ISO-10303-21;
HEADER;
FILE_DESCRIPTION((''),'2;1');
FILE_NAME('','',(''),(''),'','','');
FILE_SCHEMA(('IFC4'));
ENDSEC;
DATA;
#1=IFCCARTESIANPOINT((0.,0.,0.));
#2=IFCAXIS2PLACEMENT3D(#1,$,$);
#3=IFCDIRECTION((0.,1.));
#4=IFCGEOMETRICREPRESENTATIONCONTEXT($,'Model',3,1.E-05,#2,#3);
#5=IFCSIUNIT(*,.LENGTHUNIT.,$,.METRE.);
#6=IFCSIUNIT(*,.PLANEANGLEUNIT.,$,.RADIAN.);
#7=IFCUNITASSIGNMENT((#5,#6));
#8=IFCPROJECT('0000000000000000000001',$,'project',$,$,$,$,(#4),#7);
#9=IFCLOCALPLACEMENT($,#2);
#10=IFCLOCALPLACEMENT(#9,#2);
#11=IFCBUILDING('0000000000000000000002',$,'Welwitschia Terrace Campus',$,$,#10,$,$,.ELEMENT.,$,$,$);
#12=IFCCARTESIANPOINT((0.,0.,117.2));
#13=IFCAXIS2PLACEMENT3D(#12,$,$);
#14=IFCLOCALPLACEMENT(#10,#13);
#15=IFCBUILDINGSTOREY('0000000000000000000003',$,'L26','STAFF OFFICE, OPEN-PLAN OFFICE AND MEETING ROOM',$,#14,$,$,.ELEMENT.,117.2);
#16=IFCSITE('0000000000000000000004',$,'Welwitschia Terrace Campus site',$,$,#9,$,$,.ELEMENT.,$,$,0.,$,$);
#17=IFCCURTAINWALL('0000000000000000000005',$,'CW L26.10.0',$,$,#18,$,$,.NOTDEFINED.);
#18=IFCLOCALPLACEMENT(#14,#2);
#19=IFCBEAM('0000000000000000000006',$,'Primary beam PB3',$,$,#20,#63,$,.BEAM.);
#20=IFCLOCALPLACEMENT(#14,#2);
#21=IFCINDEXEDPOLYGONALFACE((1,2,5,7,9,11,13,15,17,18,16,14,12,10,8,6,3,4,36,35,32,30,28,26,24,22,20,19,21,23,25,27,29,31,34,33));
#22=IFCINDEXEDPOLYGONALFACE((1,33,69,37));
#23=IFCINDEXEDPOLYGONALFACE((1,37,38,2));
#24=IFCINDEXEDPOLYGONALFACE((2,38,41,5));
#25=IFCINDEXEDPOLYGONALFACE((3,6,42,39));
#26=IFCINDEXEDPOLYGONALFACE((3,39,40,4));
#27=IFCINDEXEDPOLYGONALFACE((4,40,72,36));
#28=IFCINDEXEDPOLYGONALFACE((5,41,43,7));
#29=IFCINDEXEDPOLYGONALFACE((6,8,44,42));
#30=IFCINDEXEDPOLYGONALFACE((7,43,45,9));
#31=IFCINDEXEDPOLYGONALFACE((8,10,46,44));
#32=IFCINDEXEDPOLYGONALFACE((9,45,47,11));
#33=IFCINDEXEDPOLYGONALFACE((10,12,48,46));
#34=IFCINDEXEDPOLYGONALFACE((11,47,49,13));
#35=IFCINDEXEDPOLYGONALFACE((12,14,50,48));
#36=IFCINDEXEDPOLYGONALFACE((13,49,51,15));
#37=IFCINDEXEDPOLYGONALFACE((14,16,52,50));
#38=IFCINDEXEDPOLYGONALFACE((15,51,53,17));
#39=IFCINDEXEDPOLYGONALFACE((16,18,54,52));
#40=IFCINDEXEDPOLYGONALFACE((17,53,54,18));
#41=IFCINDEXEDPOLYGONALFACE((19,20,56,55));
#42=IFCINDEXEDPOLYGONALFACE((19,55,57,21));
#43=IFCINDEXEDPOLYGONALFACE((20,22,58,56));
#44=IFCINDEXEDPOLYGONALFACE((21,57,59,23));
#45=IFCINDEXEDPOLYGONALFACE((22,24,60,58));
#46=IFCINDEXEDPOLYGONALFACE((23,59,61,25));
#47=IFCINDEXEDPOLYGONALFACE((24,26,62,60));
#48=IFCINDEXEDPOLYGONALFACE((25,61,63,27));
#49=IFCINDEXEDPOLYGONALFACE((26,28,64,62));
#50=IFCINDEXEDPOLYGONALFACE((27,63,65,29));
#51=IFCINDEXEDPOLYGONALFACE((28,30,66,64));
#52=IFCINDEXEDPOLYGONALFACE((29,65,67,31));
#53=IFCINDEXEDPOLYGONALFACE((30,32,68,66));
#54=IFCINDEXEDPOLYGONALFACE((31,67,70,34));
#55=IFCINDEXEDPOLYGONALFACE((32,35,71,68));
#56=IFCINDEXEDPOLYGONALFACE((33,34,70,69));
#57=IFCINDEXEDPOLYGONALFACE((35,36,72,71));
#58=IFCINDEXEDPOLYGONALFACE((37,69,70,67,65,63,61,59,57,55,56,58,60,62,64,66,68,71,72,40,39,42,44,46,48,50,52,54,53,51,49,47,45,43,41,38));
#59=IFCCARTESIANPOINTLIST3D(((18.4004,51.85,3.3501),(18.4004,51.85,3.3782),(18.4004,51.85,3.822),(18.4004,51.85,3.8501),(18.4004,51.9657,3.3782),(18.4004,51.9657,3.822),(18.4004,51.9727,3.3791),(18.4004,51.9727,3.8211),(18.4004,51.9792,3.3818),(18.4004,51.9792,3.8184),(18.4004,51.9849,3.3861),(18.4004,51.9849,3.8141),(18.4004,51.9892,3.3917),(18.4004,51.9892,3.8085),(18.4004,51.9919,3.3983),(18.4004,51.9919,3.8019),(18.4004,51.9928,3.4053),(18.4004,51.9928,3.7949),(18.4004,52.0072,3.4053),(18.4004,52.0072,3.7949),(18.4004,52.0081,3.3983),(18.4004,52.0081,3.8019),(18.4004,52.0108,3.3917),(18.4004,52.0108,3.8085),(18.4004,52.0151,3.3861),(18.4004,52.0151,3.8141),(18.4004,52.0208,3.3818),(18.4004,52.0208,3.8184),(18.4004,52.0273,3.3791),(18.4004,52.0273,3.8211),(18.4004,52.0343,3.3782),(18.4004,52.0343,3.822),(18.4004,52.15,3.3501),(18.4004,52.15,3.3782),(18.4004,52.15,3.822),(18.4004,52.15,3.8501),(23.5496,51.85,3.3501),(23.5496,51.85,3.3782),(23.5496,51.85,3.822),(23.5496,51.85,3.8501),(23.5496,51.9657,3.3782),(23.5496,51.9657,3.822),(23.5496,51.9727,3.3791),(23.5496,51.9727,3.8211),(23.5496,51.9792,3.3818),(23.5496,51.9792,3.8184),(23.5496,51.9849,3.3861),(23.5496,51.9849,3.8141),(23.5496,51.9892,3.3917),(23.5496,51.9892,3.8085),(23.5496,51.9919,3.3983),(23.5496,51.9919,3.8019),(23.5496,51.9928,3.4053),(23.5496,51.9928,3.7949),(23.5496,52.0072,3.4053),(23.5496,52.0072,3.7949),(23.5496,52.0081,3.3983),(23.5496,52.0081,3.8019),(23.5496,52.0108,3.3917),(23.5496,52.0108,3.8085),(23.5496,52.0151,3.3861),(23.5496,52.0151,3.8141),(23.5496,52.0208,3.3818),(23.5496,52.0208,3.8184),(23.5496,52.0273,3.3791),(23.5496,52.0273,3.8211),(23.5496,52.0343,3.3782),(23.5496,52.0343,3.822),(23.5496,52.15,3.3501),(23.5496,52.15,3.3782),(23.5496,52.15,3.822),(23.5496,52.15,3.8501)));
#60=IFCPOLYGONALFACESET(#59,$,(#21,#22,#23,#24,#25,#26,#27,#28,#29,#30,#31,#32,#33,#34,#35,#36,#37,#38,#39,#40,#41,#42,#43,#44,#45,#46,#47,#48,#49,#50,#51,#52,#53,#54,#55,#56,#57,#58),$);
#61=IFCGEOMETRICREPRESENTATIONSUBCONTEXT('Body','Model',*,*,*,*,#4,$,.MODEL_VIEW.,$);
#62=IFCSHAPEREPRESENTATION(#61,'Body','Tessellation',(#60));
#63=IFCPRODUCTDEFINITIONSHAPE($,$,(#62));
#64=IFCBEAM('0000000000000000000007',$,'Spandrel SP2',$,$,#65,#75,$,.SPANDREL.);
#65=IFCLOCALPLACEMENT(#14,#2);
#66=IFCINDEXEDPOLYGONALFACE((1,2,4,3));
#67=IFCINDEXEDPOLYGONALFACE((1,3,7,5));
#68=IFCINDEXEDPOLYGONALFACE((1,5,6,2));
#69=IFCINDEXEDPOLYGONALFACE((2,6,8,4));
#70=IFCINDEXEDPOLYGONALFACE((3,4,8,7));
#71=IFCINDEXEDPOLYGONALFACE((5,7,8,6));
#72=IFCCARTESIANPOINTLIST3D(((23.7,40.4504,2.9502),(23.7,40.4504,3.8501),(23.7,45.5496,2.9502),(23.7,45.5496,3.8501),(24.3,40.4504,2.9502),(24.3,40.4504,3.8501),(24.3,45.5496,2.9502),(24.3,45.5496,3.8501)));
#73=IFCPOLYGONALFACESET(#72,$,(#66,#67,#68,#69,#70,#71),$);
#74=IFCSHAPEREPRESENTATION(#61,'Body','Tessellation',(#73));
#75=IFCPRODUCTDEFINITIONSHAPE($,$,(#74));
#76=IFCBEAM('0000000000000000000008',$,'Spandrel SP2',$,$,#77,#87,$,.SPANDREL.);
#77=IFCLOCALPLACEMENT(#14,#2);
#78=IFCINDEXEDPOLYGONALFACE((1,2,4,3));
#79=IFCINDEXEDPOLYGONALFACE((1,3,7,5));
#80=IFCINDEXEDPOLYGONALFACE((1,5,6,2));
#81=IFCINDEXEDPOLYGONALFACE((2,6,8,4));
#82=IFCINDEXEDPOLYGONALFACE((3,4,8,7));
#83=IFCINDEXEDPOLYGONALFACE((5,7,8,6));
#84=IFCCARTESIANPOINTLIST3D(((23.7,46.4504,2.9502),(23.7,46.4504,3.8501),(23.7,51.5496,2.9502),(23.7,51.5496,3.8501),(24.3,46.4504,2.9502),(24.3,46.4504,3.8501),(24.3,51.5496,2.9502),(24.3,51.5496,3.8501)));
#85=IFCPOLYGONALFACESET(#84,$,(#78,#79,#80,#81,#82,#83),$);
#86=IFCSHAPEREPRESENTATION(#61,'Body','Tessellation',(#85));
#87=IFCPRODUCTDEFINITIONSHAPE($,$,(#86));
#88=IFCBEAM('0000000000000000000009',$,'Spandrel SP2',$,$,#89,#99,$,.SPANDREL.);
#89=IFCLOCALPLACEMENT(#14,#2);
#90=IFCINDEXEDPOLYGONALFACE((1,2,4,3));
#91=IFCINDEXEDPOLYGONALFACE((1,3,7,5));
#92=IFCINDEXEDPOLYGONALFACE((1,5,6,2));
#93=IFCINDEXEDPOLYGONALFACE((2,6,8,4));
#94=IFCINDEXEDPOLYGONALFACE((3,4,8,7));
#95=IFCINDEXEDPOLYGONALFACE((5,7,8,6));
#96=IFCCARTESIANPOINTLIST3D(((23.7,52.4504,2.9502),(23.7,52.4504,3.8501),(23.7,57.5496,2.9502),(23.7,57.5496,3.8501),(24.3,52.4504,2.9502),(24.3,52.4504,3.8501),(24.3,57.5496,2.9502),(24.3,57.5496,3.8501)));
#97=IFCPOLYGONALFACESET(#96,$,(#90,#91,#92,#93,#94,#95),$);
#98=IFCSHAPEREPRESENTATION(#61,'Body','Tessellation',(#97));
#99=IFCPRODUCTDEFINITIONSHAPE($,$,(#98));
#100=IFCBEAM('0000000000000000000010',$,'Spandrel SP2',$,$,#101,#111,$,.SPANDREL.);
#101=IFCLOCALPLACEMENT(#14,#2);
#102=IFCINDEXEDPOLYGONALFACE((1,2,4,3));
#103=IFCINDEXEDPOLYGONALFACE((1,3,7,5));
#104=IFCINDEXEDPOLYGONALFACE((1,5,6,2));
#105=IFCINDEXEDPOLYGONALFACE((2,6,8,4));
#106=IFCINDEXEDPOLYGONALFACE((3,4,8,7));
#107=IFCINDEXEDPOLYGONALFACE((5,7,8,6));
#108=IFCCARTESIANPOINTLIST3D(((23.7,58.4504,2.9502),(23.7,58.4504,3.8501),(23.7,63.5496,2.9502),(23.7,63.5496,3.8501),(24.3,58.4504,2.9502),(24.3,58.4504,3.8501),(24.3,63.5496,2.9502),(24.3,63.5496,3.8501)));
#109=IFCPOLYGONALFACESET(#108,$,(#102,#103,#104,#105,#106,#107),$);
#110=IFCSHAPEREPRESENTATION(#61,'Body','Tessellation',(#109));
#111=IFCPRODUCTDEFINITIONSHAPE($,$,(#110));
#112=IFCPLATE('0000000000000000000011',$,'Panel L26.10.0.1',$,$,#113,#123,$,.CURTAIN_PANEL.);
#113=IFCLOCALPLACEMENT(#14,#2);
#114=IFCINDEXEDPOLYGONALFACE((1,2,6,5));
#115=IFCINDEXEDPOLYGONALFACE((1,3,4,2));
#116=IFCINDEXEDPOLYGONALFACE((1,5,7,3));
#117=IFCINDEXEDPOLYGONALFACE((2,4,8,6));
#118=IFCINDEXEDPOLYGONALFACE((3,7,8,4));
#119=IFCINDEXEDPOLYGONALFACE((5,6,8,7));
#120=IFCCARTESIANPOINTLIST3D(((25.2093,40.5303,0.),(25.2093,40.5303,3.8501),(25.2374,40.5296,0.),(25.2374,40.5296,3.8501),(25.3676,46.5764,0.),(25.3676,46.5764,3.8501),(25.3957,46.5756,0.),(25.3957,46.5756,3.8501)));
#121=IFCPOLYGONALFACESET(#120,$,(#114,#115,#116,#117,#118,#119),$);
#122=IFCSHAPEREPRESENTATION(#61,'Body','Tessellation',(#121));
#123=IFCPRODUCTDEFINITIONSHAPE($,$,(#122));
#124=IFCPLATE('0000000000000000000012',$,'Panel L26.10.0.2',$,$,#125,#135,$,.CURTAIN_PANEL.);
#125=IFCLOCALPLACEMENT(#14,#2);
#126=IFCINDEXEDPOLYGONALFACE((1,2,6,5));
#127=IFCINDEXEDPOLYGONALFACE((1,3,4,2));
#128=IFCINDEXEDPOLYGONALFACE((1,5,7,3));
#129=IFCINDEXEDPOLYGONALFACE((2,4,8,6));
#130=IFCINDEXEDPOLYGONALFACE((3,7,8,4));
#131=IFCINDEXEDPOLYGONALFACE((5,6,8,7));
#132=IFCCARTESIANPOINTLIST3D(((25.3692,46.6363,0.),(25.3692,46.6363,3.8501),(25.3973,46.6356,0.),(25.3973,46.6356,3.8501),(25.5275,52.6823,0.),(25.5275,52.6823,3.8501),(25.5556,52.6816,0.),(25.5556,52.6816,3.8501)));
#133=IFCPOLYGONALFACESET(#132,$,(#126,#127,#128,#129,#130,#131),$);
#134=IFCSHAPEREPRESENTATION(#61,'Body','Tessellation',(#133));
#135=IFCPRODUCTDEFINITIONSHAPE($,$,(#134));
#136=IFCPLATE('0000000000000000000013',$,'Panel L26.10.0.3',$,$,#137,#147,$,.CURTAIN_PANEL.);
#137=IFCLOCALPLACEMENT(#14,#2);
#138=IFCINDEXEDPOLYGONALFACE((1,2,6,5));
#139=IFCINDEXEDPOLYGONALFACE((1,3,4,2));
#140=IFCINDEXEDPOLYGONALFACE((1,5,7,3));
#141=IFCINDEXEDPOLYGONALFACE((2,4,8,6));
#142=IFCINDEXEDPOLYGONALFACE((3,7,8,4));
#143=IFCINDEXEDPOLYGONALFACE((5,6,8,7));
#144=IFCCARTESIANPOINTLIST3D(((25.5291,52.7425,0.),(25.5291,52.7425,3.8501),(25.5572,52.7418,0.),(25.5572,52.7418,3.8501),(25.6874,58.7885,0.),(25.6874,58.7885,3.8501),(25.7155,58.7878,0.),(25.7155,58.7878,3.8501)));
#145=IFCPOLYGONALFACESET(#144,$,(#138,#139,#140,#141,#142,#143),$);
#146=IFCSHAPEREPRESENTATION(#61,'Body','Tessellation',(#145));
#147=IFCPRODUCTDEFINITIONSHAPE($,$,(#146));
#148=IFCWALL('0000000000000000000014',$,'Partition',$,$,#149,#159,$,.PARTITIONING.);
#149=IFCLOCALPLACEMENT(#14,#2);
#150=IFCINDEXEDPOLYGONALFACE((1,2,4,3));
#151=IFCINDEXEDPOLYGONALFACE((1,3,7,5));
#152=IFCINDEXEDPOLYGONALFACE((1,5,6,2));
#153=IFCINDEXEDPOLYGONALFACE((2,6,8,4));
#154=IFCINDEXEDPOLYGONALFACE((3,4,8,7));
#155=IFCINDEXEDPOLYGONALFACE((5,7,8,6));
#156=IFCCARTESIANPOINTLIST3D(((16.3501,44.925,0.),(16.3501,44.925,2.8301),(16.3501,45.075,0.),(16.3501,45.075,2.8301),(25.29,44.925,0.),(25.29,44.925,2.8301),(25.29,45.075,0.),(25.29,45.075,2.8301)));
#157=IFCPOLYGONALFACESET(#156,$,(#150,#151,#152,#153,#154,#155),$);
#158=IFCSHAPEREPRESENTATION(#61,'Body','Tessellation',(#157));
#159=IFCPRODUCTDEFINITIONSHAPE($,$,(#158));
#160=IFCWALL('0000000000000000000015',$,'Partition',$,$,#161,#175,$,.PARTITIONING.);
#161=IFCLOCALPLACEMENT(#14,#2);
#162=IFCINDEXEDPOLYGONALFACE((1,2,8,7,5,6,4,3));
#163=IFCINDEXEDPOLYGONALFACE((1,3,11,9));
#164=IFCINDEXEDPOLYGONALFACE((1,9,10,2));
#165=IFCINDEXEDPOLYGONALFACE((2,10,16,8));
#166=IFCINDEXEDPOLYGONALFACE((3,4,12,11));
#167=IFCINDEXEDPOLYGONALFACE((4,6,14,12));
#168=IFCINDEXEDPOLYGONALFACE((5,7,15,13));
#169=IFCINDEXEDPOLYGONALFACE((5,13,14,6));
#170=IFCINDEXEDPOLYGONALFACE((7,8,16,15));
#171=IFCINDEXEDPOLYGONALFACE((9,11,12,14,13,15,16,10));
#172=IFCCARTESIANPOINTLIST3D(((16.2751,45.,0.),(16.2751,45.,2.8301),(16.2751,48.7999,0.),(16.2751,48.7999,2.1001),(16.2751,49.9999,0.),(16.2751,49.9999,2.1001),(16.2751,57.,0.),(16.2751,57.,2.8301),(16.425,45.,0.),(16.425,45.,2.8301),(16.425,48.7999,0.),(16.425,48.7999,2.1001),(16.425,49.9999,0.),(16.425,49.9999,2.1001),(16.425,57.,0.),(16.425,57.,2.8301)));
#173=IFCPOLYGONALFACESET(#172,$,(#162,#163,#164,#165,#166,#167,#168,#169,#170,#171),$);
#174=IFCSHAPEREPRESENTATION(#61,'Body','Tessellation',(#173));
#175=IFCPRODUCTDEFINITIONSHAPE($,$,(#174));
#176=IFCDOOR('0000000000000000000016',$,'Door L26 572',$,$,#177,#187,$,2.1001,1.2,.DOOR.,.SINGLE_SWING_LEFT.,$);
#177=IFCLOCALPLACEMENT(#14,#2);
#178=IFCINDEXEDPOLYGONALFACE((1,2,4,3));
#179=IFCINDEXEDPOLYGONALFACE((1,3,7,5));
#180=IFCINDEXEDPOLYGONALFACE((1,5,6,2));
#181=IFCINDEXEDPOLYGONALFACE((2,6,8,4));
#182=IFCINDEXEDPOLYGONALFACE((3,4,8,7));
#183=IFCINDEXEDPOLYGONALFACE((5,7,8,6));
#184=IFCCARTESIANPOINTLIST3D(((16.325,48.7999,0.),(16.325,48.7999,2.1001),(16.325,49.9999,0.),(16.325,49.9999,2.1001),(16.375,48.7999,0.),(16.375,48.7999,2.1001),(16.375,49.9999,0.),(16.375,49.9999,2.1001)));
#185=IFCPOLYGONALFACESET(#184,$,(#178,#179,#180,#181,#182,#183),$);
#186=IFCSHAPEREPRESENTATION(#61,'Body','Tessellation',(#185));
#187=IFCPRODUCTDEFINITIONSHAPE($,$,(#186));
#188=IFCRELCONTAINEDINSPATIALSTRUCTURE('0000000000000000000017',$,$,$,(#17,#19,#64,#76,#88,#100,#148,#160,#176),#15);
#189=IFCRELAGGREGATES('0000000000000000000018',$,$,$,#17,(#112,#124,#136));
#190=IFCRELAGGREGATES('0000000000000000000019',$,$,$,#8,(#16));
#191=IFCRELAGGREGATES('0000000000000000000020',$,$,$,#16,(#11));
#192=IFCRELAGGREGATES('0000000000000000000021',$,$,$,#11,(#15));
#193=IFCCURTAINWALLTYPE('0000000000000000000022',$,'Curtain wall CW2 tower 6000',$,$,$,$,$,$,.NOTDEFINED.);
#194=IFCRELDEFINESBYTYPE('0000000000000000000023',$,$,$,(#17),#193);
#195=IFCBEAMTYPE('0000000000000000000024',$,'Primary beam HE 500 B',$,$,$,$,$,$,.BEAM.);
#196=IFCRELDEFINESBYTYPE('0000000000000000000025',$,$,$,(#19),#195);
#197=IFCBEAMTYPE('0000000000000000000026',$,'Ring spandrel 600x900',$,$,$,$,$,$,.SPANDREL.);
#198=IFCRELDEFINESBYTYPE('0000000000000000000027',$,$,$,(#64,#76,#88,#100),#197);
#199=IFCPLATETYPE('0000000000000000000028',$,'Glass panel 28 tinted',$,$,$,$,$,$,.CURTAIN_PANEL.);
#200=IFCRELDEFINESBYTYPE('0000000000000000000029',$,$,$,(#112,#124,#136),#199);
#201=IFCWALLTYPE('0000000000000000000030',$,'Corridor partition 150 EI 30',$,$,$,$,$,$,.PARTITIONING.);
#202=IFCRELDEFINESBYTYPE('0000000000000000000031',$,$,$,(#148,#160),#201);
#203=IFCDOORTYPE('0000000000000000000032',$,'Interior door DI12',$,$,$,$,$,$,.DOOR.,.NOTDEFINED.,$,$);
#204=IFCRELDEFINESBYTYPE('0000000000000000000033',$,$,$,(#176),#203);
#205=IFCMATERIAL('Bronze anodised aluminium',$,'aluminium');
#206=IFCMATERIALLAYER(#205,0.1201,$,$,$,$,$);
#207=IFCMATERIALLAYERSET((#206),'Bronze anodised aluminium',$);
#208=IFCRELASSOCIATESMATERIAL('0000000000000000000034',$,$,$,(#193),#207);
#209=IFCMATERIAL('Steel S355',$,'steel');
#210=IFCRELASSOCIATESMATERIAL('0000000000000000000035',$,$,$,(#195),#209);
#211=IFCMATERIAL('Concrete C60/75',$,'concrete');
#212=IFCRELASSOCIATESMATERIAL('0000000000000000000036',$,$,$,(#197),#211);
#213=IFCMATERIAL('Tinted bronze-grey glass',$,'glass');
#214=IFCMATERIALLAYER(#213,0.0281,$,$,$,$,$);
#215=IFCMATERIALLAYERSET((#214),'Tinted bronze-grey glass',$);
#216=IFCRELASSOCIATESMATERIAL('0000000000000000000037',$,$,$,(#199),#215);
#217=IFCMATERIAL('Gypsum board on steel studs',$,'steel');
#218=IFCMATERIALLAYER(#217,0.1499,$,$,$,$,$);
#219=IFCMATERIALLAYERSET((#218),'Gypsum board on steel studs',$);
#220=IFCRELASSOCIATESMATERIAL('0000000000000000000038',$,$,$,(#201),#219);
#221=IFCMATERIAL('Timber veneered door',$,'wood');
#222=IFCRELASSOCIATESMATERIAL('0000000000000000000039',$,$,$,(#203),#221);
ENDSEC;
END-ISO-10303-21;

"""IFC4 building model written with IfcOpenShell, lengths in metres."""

from ifc_helpers import new_model, si_unit, direction, frame, frame_2d, origin, origin_2d, place, context, subcontext, project, spatial, rectangle, i_section, extrude, material, layer, layer_set, material_profile, profile_set, type_object, element, fill, aggregate, save


model = new_model("IFC4")

# Units and contexts
model_context = context("Model", 3, precision=1e-05, world=origin(), true_north=direction((0.0, 1.0)))
body_context = subcontext(model_context, "Body", "Model", "MODEL_VIEW")
ifc_project = project(units=[si_unit("LENGTHUNIT", "METRE"), si_unit("PLANEANGLEUNIT", "RADIAN")], contexts=[model_context])

# Site, building, storey
site_placement = place(None, origin())
site = spatial("IfcSite", under=ifc_project, at=site_placement, Name="Welwitschia Terrace Campus site", CompositionType="ELEMENT", RefElevation=0.0)
building_placement = place(site_placement, origin())
building = spatial("IfcBuilding", under=site, at=building_placement, Name="Welwitschia Terrace Campus", CompositionType="ELEMENT")
storey_placement = place(building_placement, frame((0.0, 0.0, 117.2)))
storey = spatial("IfcBuildingStorey", under=building, at=storey_placement, Name="L26", Description="STAFF OFFICE, OPEN-PLAN OFFICE AND MEETING ROOM", CompositionType="ELEMENT", Elevation=117.2)

# Curtain wall
ifc_material_1 = material(Name="Bronze anodised aluminium", Category="aluminium")
ifc_layer_1 = layer(ifc_material_1, 0.1201)
ifc_layer_set_1 = layer_set([ifc_layer_1], Name="Bronze anodised aluminium")
curtain_wall_type = type_object("IfcCurtainWallType", Name="Curtain wall CW2 tower 6000", PredefinedType="NOTDEFINED", material=ifc_layer_set_1)
curtain_wall_placement = place(storey_placement, origin())
curtain_wall = element("IfcCurtainWall", 1, at=curtain_wall_placement, inside=storey, type_object=curtain_wall_type, Name="CW L26.10.0", PredefinedType="NOTDEFINED")

# Beams
ifc_material_2 = material(Name="Steel S355", Category="steel")
ifc_material_profile_1 = material_profile(ifc_material_2, i_section(OverallWidth=0.3, OverallDepth=0.5, WebThickness=0.0144, FlangeThickness=0.0281, FilletRadius=0.0271, at=origin_2d()))
ifc_profile_set_1 = profile_set([ifc_material_profile_1], Name="Steel S355")
beam_type_1 = type_object("IfcBeamType", Name="Primary beam HE 500 B", PredefinedType="BEAM", material=ifc_profile_set_1)
beam_placement = place(storey_placement, frame((23.5496, 52.0, 3.6001), z_axis=(-1.0, 0.0, 0.0), x_axis=(0.0, -1.0, 0.0)))
element("IfcBeam", 2, at=beam_placement, inside=storey, type_object=beam_type_1, Name="Primary beam PB3", PredefinedType="BEAM", context=body_context, shape_type="SweptSolid", body=[
    extrude(i_section(OverallWidth=0.3, OverallDepth=0.5, WebThickness=0.0144, FlangeThickness=0.0281, FilletRadius=0.0271, at=origin_2d()), origin(), (0.0, 0.0, 1.0), 5.1492),
])
ifc_material_3 = material(Name="Concrete C60/75", Category="concrete")
ifc_material_profile_2 = material_profile(ifc_material_3, rectangle(XDim=0.6001, YDim=0.8999, at=origin_2d()))
ifc_profile_set_2 = profile_set([ifc_material_profile_2], Name="Concrete C60/75")
beam_type_2 = type_object("IfcBeamType", Name="Ring spandrel 600x900", PredefinedType="SPANDREL", material=ifc_profile_set_2)
for number, where, z_axis, x_axis, name in (
    (3, (24.0, 40.4504, 3.4001), (0.0, 1.0, 0.0), (-1.0, 0.0, 0.0), "Spandrel SP2"),
    (4, (24.0, 46.4504, 3.4001), (0.0, 1.0, 0.0), (-1.0, 0.0, 0.0), "Spandrel SP2"),
    (5, (24.0, 52.4504, 3.4001), (0.0, 1.0, 0.0), (-1.0, 0.0, 0.0), "Spandrel SP2"),
    (6, (24.0, 58.4504, 3.4001), (0.0, 1.0, 0.0), (-1.0, 0.0, 0.0), "Spandrel SP2"),
):
    element("IfcBeam", number, at=place(storey_placement, frame(where, z_axis=z_axis, x_axis=x_axis)), inside=storey, type_object=beam_type_2, Name=name, PredefinedType="SPANDREL", context=body_context, shape_type="SweptSolid", body=[
        extrude(rectangle(XDim=0.6001, YDim=0.8999, at=origin_2d()), origin(), (0.0, 0.0, 1.0), 5.0991),
    ])

# Plates
ifc_material_4 = material(Name="Tinted bronze-grey glass", Category="glass")
ifc_layer_2 = layer(ifc_material_4, 0.0281)
ifc_layer_set_2 = layer_set([ifc_layer_2], Name="Tinted bronze-grey glass")
plate_type = type_object("IfcPlateType", Name="Glass panel 28 tinted", PredefinedType="CURTAIN_PANEL", material=ifc_layer_set_2)
plate_1_placement = place(storey_placement, frame((25.3025, 43.553, 0.0), z_axis=(0.0, 0.0, 1.0), x_axis=(0.026177, 0.999657, 0.0)))
plate_1 = element("IfcPlate", 7, at=plate_1_placement, type_object=plate_type, Name="Panel L26.10.0.1", PredefinedType="CURTAIN_PANEL", context=body_context, shape_type="SweptSolid", body=[
    extrude(rectangle(XDim=6.0481, YDim=0.0281, at=origin_2d()), origin(), (0.0, 0.0, 1.0), 3.8501),
])
plate_2_placement = place(storey_placement, frame((25.4624, 49.6589, 0.0), z_axis=(0.0, 0.0, 1.0), x_axis=(0.026177, 0.999657, 0.0)))
plate_2 = element("IfcPlate", 8, at=plate_2_placement, type_object=plate_type, Name="Panel L26.10.0.2", PredefinedType="CURTAIN_PANEL", context=body_context, shape_type="SweptSolid", body=[
    extrude(rectangle(XDim=6.0481, YDim=0.0281, at=origin_2d()), origin(), (0.0, 0.0, 1.0), 3.8501),
])
plate_3_placement = place(storey_placement, frame((25.6223, 55.7651, 0.0), z_axis=(0.0, 0.0, 1.0), x_axis=(0.026177, 0.999657, 0.0)))
plate_3 = element("IfcPlate", 9, at=plate_3_placement, type_object=plate_type, Name="Panel L26.10.0.3", PredefinedType="CURTAIN_PANEL", context=body_context, shape_type="SweptSolid", body=[
    extrude(rectangle(XDim=6.0481, YDim=0.0281, at=origin_2d()), origin(), (0.0, 0.0, 1.0), 3.8501),
])
aggregate(curtain_wall, [plate_1, plate_2, plate_3])

# Wall
ifc_material_5 = material(Name="Gypsum board on steel studs", Category="steel")
ifc_layer_3 = layer(ifc_material_5, 0.1499)
ifc_layer_set_3 = layer_set([ifc_layer_3], Name="Gypsum board on steel studs")
wall_type = type_object("IfcWallType", Name="Corridor partition 150 EI 30", PredefinedType="PARTITIONING", material=ifc_layer_set_3)
wall_1_placement = place(storey_placement, frame((16.3501, 45.0, 0.0), z_axis=(0.0, 0.0, 1.0), x_axis=(1.0, 0.0, 0.0)))
element("IfcWall", 10, at=wall_1_placement, inside=storey, type_object=wall_type, Name="Partition", PredefinedType="PARTITIONING", context=body_context, shape_type="SweptSolid", body=[
    extrude(rectangle(XDim=8.9399, YDim=0.1499, at=frame_2d((4.47, 0.0))), origin(), (0.0, 0.0, 1.0), 2.8301),
])

# Wall, opening, door
wall_2_placement = place(storey_placement, frame((16.3501, 57.0, 0.0), z_axis=(0.0, 0.0, 1.0), x_axis=(0.0, -1.0, 0.0)))
wall_2 = element("IfcWall", 11, at=wall_2_placement, inside=storey, type_object=wall_type, Name="Partition", PredefinedType="PARTITIONING", context=body_context, shape_type="SweptSolid", body=[
    extrude(rectangle(XDim=12.0, YDim=0.1499, at=frame_2d((6.0, 0.0))), origin(), (0.0, 0.0, 1.0), 2.8301),
])
opening_placement = place(wall_2_placement, frame((7.0, 0.0, 0.0)))
opening = element("IfcOpeningElement", 12, at=opening_placement, cuts=wall_2, PredefinedType="OPENING", context=body_context, shape_type="SweptSolid", body=[
    extrude(rectangle(XDim=1.2, YDim=2.1001, at=frame_2d((0.6001, 1.05))), frame((0.0, 0.085, 0.0), z_axis=(0.0, -1.0, 0.0), x_axis=(1.0, 0.0, 0.0)), (0.0, 0.0, 1.0), 0.1699),
])
ifc_material_6 = material(Name="Timber veneered door", Category="wood")
door_type = type_object("IfcDoorType", Name="Interior door DI12", OperationType="NOTDEFINED", PredefinedType="DOOR", material=ifc_material_6)
door_placement = place(opening_placement, origin())
door = element("IfcDoor", 13, at=door_placement, inside=storey, type_object=door_type, Name="Door L26 572", OperationType="SINGLE_SWING_LEFT", OverallHeight=2.1001, OverallWidth=1.2, PredefinedType="DOOR", context=body_context, shape_type="SweptSolid", body=[
    extrude(rectangle(XDim=1.2, YDim=2.1001, at=frame_2d((0.6001, 1.05))), frame((0.0, 0.0249, 0.0), z_axis=(0.0, -1.0, 0.0), x_axis=(1.0, 0.0, 0.0)), (0.0, 0.0, 1.0), 0.05),
])
fill(opening, door)

save(model, "model.ifc")
